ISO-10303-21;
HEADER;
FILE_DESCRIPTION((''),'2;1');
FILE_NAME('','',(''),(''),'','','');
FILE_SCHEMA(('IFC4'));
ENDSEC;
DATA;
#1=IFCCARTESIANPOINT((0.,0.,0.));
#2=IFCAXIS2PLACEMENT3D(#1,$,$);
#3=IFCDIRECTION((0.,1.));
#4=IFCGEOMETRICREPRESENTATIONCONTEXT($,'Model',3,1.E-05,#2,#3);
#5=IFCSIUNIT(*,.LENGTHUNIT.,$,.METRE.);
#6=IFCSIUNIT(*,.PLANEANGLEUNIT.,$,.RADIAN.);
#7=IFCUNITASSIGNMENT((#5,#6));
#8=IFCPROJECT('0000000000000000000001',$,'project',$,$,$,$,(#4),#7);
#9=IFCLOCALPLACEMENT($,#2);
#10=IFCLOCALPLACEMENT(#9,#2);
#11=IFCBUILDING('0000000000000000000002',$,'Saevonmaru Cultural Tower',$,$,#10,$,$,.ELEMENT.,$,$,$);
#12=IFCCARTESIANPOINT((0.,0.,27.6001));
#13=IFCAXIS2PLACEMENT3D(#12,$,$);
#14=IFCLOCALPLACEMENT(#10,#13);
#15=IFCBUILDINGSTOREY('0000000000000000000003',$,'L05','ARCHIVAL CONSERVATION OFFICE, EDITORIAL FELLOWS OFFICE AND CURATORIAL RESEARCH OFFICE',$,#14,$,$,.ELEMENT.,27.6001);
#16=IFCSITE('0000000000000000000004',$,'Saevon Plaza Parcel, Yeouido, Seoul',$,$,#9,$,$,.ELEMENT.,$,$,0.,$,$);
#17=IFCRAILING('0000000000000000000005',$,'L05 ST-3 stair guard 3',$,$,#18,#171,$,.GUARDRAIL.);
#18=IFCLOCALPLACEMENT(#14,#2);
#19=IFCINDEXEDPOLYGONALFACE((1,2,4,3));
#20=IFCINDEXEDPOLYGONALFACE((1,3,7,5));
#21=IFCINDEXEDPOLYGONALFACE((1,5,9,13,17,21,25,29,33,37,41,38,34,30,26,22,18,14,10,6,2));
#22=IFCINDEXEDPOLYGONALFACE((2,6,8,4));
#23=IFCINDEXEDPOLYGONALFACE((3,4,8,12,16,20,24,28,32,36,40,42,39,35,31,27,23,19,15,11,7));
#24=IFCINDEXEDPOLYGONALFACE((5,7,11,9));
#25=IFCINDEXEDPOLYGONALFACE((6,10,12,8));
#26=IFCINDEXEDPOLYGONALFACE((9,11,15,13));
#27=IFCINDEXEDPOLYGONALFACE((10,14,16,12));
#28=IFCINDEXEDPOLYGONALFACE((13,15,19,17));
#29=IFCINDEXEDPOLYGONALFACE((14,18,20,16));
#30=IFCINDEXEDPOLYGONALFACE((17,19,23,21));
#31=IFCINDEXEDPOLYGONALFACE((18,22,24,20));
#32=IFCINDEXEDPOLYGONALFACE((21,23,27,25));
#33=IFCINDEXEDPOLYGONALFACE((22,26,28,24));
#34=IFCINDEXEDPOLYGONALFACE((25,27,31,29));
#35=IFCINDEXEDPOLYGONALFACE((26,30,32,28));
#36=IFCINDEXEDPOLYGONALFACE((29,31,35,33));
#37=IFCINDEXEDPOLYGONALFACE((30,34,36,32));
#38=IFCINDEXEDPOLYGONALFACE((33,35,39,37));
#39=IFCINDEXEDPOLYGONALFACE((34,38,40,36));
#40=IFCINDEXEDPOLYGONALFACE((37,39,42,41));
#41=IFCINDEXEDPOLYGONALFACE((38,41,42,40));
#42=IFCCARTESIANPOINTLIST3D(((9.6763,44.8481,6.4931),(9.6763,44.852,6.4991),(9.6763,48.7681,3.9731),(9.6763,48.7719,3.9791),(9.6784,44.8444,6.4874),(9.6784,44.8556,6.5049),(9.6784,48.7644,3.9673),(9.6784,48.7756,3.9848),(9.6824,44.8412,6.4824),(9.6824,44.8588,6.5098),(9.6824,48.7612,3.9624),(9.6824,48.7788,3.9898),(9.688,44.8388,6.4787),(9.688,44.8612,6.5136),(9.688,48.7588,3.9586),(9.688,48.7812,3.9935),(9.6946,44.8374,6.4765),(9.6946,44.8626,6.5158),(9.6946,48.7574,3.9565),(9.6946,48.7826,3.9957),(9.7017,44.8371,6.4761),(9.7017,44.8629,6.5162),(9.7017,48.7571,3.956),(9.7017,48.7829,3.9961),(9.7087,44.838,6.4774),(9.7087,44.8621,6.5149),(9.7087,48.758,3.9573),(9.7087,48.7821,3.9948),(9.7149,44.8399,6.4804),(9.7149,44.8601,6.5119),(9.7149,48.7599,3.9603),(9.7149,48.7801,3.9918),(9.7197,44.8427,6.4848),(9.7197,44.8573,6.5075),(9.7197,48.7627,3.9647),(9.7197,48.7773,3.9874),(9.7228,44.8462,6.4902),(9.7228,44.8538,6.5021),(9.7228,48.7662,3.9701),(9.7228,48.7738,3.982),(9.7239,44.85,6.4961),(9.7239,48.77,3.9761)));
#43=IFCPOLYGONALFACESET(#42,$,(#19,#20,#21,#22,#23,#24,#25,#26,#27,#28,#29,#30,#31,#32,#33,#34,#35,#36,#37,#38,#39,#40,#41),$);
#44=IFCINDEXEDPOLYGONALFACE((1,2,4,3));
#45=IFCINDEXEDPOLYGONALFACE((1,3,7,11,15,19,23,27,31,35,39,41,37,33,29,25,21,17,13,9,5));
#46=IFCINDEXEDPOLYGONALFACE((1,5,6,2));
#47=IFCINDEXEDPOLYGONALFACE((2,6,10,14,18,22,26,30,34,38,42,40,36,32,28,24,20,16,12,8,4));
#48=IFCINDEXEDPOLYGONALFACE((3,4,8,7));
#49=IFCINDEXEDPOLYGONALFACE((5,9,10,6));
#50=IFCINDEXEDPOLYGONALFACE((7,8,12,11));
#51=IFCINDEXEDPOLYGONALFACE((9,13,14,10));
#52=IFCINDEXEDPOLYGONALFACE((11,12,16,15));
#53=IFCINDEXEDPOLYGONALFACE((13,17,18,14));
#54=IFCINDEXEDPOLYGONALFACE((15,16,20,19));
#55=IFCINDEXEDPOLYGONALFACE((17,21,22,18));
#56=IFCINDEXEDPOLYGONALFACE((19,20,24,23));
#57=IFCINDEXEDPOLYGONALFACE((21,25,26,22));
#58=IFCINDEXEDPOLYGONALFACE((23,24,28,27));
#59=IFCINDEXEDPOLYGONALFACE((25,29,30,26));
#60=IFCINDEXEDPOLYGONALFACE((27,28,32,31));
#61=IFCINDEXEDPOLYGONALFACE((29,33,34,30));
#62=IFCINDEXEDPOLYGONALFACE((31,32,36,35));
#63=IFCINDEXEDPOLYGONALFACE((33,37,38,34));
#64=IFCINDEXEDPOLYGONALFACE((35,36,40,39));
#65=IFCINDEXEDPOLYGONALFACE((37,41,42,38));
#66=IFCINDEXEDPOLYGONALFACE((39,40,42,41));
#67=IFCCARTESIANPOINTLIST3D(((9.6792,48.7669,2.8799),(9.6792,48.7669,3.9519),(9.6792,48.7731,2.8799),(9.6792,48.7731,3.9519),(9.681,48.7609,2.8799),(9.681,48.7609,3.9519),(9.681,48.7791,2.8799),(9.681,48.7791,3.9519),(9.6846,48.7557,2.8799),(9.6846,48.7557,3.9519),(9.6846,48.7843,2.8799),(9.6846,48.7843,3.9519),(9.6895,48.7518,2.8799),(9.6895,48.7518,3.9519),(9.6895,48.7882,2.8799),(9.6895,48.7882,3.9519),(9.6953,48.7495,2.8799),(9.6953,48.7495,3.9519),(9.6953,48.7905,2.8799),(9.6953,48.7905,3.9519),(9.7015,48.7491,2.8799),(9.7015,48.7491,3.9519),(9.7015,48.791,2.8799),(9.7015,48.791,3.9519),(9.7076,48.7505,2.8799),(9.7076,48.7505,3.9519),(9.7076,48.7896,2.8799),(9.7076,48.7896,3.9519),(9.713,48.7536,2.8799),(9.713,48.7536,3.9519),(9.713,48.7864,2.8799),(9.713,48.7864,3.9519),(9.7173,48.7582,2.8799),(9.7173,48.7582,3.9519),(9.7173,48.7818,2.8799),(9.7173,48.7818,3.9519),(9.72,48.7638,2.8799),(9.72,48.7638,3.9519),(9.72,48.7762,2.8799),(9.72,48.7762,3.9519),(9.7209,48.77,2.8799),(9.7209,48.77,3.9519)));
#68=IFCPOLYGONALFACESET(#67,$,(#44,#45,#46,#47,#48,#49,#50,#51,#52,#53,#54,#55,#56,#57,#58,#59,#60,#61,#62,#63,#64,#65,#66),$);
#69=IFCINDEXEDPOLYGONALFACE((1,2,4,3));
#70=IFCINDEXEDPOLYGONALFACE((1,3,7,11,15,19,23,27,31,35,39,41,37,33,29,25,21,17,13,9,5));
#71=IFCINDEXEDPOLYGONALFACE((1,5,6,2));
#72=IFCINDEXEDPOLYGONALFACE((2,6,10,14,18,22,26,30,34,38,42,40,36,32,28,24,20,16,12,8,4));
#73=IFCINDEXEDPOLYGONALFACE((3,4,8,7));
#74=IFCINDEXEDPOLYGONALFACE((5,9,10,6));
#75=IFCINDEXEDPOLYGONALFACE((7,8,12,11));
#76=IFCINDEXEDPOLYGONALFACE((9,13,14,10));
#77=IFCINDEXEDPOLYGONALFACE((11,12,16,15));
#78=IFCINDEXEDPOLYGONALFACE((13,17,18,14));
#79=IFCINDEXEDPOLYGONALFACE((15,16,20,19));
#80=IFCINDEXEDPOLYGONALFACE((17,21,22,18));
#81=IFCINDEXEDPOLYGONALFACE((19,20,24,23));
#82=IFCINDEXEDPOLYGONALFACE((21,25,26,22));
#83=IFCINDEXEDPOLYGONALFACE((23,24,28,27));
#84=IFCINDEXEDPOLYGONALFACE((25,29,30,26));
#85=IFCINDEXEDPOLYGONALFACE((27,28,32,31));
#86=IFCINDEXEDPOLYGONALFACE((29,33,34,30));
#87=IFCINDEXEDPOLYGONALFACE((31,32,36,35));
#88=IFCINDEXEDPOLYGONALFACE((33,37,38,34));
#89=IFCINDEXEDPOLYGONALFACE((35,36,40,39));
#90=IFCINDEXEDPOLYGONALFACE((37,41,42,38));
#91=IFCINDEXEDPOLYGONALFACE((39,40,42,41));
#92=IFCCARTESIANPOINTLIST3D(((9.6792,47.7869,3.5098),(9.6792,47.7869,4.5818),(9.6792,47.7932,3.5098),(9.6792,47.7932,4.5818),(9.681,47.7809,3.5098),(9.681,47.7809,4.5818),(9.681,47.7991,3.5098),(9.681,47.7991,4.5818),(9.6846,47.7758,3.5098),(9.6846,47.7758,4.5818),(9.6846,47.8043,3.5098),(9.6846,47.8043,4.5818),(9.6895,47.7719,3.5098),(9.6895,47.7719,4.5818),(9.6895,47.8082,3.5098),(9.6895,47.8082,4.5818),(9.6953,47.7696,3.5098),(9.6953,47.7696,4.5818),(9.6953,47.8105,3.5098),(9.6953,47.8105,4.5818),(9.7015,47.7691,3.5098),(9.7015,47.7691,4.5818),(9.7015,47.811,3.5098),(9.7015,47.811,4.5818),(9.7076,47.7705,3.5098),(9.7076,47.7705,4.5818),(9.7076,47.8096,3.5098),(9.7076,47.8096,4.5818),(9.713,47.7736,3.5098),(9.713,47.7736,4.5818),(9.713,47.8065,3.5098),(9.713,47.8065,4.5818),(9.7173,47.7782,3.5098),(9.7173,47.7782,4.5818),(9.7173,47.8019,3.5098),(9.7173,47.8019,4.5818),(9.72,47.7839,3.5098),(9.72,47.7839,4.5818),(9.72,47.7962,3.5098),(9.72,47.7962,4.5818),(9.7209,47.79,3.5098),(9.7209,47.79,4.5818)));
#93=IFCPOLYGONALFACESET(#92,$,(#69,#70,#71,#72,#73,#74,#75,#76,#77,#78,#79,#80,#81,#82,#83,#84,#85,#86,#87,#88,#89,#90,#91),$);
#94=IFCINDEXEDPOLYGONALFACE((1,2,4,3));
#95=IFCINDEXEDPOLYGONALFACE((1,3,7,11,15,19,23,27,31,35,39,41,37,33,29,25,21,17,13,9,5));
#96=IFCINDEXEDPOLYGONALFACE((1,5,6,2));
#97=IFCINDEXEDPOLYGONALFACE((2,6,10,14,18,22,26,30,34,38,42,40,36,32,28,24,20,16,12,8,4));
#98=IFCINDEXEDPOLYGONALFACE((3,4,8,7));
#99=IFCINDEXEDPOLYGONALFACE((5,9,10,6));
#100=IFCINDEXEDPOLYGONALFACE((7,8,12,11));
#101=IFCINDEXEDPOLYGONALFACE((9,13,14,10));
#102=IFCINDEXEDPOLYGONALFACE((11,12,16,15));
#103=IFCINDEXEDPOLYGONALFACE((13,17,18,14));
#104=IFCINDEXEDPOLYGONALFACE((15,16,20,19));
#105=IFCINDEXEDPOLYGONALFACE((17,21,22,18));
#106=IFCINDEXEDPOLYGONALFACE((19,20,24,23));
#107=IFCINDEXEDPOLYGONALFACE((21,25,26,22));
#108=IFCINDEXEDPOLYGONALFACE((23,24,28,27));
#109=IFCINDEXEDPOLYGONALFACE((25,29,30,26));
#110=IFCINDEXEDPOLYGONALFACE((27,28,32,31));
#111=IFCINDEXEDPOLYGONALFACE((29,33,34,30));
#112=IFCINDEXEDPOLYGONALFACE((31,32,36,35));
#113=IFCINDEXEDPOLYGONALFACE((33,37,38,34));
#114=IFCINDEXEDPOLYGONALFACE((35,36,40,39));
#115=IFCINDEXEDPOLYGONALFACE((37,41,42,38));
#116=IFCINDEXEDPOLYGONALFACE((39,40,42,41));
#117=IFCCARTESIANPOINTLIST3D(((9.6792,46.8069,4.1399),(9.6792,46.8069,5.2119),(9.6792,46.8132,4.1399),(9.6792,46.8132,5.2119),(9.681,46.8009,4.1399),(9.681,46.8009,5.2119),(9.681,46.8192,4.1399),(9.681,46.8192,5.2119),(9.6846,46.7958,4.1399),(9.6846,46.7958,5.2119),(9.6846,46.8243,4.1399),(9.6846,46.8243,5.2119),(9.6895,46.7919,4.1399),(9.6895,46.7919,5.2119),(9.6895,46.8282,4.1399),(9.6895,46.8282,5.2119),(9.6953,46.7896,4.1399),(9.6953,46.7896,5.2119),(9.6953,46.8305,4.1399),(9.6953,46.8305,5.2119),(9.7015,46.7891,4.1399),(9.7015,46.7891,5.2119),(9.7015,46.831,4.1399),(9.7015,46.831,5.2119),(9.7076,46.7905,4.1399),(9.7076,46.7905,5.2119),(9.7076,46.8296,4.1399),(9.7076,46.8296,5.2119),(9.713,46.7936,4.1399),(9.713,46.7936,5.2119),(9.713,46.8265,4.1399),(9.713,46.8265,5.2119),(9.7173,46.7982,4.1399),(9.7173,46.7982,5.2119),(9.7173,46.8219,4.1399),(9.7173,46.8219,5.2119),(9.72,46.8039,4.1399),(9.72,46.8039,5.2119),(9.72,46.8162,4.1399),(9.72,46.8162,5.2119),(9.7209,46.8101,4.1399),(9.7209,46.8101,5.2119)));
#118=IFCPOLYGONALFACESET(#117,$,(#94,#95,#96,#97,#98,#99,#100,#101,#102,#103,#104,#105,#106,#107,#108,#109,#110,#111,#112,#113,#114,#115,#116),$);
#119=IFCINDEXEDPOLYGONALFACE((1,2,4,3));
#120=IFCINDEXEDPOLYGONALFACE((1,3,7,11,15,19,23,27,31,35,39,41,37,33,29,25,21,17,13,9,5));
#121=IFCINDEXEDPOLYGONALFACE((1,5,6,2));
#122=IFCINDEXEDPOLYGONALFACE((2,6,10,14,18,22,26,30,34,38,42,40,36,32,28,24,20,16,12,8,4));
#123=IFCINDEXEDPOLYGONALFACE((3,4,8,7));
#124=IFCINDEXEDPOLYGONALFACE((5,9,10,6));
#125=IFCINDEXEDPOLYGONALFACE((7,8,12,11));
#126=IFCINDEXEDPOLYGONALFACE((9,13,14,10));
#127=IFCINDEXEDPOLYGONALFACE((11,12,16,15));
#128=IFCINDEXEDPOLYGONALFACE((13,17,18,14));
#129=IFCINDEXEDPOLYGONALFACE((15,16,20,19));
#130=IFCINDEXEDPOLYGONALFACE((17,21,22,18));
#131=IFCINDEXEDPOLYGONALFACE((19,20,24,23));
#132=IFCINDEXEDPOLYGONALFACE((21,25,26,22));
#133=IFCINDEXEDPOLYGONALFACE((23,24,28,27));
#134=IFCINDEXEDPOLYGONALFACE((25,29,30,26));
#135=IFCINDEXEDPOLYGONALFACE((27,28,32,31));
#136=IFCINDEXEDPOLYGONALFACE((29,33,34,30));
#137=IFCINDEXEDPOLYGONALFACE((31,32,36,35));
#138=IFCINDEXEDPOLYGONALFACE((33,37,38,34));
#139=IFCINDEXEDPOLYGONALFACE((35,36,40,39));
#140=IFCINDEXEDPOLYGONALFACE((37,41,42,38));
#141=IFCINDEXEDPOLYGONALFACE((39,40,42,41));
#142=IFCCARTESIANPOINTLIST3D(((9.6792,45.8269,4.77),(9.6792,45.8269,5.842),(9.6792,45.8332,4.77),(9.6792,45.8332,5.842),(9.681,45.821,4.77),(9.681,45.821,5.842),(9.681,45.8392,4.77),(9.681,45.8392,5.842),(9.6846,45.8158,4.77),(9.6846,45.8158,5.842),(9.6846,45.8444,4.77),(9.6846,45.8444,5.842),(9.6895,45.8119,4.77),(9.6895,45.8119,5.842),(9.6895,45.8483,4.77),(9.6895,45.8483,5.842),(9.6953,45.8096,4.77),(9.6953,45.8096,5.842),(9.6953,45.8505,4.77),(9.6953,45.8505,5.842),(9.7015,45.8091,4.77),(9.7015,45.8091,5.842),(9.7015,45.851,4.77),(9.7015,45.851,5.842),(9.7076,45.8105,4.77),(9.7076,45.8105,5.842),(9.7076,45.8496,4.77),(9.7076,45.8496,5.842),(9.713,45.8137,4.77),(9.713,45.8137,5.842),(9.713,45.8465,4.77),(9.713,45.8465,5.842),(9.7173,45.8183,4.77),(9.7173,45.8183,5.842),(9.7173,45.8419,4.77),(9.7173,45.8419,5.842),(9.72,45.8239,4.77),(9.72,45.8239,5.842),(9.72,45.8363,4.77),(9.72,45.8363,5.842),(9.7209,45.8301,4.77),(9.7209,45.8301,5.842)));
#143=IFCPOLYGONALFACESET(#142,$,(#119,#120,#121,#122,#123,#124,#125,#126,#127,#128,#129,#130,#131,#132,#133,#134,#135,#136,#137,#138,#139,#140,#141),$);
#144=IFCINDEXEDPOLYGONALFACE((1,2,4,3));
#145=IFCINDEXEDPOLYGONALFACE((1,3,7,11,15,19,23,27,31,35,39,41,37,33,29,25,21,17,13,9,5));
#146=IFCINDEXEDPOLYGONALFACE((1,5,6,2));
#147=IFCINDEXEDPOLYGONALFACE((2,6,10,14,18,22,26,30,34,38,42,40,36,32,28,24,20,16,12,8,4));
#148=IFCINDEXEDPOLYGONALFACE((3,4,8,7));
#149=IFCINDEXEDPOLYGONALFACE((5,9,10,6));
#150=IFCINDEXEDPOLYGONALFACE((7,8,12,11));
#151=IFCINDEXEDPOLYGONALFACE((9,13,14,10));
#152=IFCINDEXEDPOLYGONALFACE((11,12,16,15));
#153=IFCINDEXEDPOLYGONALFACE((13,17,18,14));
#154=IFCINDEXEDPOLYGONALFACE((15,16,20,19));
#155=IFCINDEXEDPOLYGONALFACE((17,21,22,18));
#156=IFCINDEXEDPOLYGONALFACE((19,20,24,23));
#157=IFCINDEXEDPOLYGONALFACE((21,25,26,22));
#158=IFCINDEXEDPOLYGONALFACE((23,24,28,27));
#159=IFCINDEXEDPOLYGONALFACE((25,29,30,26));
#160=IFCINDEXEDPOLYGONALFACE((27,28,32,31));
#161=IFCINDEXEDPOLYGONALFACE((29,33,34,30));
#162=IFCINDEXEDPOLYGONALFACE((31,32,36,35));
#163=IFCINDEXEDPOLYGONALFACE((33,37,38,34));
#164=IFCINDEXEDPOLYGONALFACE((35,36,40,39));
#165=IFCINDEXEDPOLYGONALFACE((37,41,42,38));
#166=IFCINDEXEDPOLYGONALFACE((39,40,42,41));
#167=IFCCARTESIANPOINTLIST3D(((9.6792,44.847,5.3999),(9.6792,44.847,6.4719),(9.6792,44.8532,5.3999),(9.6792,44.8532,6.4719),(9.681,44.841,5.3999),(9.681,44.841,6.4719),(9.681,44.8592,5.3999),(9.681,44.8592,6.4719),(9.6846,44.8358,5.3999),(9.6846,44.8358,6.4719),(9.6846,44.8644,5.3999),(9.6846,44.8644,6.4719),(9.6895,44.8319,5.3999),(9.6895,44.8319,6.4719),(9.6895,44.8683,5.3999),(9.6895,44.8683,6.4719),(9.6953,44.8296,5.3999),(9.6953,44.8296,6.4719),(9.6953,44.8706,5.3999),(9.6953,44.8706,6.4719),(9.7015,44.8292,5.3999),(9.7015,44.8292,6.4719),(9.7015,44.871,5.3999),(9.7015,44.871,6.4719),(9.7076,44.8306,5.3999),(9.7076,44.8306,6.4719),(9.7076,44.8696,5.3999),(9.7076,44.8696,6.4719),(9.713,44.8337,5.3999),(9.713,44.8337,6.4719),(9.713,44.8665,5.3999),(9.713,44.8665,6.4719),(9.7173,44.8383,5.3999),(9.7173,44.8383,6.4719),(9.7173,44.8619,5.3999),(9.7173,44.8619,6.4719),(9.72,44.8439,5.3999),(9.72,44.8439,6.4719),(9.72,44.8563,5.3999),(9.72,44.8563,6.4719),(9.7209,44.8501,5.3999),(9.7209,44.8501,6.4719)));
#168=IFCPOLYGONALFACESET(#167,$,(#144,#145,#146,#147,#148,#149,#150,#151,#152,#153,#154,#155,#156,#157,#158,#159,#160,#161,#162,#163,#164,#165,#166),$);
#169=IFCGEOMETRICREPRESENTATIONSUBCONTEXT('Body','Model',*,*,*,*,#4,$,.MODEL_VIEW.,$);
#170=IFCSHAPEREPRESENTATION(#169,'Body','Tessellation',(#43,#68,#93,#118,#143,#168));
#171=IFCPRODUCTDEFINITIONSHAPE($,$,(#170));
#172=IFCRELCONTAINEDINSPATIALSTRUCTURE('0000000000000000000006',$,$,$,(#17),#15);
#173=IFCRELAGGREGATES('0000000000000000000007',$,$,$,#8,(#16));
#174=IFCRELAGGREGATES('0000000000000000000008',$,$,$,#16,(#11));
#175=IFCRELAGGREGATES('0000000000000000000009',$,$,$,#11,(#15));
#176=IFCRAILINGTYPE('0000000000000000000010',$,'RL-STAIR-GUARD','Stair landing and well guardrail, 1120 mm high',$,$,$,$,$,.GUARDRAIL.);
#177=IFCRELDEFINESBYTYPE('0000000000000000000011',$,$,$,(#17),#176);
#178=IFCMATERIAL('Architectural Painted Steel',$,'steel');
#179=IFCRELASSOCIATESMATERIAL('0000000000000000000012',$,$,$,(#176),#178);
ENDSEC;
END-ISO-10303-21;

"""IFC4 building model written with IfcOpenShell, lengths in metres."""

from ifc_helpers import new_model, si_unit, direction, frame, origin, origin_2d, place, context, subcontext, project, spatial, circle, extrude, material, type_object, element, save


model = new_model("IFC4")

# Units and contexts
model_context = context("Model", 3, precision=1e-05, world=origin(), true_north=direction((0.0, 1.0)))
body_context = subcontext(model_context, "Body", "Model", "MODEL_VIEW")
ifc_project = project(units=[si_unit("LENGTHUNIT", "METRE"), si_unit("PLANEANGLEUNIT", "RADIAN")], contexts=[model_context])

# Site, building, storey
site_placement = place(None, origin())
site = spatial("IfcSite", under=ifc_project, at=site_placement, Name="Saevon Plaza Parcel, Yeouido, Seoul", CompositionType="ELEMENT", RefElevation=0.0)
building_placement = place(site_placement, origin())
building = spatial("IfcBuilding", under=site, at=building_placement, Name="Saevonmaru Cultural Tower", CompositionType="ELEMENT")
storey_placement = place(building_placement, frame((0.0, 0.0, 27.6001)))
storey = spatial("IfcBuildingStorey", under=building, at=storey_placement, Name="L05", Description="ARCHIVAL CONSERVATION OFFICE, EDITORIAL FELLOWS OFFICE AND CURATORIAL RESEARCH OFFICE", CompositionType="ELEMENT", Elevation=27.6001)

# Railing
ifc_material_1 = material(Name="Architectural Painted Steel", Category="steel")
railing_type_1 = type_object("IfcRailingType", Name="RL-STAIR-GUARD", Description="Stair landing and well guardrail, 1120 mm high", PredefinedType="GUARDRAIL", material=ifc_material_1)
railing_1_placement = place(storey_placement, frame((9.7, 48.77, 2.8799)))
element("IfcRailing", 1, at=railing_1_placement, inside=storey, type_object=railing_type_1, Name="L05 ST-3 stair guard 3", PredefinedType="GUARDRAIL", context=body_context, shape_type="SweptSolid", body=[
    extrude(circle(Radius=0.0239, at=origin_2d()), frame((0.0, 0.0, 1.0962), z_axis=(0.0, -0.841172, 0.540768), x_axis=(1.0, 0.0, 0.0)), (0.0, 0.0, 1.0), 4.6602),
    extrude(circle(Radius=0.021, at=origin_2d()), origin(), (0.0, 0.0, 1.0), 1.072),
    extrude(circle(Radius=0.021, at=origin_2d()), frame((0.0, -0.98, 0.6299)), (0.0, 0.0, 1.0), 1.072),
    extrude(circle(Radius=0.021, at=origin_2d()), frame((0.0, -1.96, 1.26)), (0.0, 0.0, 1.0), 1.072),
    extrude(circle(Radius=0.021, at=origin_2d()), frame((0.0, -2.9399, 1.8901)), (0.0, 0.0, 1.0), 1.072),
    extrude(circle(Radius=0.021, at=origin_2d()), frame((0.0, -3.9199, 2.52)), (0.0, 0.0, 1.0), 1.072),
])

save(model, "model.ifc")
